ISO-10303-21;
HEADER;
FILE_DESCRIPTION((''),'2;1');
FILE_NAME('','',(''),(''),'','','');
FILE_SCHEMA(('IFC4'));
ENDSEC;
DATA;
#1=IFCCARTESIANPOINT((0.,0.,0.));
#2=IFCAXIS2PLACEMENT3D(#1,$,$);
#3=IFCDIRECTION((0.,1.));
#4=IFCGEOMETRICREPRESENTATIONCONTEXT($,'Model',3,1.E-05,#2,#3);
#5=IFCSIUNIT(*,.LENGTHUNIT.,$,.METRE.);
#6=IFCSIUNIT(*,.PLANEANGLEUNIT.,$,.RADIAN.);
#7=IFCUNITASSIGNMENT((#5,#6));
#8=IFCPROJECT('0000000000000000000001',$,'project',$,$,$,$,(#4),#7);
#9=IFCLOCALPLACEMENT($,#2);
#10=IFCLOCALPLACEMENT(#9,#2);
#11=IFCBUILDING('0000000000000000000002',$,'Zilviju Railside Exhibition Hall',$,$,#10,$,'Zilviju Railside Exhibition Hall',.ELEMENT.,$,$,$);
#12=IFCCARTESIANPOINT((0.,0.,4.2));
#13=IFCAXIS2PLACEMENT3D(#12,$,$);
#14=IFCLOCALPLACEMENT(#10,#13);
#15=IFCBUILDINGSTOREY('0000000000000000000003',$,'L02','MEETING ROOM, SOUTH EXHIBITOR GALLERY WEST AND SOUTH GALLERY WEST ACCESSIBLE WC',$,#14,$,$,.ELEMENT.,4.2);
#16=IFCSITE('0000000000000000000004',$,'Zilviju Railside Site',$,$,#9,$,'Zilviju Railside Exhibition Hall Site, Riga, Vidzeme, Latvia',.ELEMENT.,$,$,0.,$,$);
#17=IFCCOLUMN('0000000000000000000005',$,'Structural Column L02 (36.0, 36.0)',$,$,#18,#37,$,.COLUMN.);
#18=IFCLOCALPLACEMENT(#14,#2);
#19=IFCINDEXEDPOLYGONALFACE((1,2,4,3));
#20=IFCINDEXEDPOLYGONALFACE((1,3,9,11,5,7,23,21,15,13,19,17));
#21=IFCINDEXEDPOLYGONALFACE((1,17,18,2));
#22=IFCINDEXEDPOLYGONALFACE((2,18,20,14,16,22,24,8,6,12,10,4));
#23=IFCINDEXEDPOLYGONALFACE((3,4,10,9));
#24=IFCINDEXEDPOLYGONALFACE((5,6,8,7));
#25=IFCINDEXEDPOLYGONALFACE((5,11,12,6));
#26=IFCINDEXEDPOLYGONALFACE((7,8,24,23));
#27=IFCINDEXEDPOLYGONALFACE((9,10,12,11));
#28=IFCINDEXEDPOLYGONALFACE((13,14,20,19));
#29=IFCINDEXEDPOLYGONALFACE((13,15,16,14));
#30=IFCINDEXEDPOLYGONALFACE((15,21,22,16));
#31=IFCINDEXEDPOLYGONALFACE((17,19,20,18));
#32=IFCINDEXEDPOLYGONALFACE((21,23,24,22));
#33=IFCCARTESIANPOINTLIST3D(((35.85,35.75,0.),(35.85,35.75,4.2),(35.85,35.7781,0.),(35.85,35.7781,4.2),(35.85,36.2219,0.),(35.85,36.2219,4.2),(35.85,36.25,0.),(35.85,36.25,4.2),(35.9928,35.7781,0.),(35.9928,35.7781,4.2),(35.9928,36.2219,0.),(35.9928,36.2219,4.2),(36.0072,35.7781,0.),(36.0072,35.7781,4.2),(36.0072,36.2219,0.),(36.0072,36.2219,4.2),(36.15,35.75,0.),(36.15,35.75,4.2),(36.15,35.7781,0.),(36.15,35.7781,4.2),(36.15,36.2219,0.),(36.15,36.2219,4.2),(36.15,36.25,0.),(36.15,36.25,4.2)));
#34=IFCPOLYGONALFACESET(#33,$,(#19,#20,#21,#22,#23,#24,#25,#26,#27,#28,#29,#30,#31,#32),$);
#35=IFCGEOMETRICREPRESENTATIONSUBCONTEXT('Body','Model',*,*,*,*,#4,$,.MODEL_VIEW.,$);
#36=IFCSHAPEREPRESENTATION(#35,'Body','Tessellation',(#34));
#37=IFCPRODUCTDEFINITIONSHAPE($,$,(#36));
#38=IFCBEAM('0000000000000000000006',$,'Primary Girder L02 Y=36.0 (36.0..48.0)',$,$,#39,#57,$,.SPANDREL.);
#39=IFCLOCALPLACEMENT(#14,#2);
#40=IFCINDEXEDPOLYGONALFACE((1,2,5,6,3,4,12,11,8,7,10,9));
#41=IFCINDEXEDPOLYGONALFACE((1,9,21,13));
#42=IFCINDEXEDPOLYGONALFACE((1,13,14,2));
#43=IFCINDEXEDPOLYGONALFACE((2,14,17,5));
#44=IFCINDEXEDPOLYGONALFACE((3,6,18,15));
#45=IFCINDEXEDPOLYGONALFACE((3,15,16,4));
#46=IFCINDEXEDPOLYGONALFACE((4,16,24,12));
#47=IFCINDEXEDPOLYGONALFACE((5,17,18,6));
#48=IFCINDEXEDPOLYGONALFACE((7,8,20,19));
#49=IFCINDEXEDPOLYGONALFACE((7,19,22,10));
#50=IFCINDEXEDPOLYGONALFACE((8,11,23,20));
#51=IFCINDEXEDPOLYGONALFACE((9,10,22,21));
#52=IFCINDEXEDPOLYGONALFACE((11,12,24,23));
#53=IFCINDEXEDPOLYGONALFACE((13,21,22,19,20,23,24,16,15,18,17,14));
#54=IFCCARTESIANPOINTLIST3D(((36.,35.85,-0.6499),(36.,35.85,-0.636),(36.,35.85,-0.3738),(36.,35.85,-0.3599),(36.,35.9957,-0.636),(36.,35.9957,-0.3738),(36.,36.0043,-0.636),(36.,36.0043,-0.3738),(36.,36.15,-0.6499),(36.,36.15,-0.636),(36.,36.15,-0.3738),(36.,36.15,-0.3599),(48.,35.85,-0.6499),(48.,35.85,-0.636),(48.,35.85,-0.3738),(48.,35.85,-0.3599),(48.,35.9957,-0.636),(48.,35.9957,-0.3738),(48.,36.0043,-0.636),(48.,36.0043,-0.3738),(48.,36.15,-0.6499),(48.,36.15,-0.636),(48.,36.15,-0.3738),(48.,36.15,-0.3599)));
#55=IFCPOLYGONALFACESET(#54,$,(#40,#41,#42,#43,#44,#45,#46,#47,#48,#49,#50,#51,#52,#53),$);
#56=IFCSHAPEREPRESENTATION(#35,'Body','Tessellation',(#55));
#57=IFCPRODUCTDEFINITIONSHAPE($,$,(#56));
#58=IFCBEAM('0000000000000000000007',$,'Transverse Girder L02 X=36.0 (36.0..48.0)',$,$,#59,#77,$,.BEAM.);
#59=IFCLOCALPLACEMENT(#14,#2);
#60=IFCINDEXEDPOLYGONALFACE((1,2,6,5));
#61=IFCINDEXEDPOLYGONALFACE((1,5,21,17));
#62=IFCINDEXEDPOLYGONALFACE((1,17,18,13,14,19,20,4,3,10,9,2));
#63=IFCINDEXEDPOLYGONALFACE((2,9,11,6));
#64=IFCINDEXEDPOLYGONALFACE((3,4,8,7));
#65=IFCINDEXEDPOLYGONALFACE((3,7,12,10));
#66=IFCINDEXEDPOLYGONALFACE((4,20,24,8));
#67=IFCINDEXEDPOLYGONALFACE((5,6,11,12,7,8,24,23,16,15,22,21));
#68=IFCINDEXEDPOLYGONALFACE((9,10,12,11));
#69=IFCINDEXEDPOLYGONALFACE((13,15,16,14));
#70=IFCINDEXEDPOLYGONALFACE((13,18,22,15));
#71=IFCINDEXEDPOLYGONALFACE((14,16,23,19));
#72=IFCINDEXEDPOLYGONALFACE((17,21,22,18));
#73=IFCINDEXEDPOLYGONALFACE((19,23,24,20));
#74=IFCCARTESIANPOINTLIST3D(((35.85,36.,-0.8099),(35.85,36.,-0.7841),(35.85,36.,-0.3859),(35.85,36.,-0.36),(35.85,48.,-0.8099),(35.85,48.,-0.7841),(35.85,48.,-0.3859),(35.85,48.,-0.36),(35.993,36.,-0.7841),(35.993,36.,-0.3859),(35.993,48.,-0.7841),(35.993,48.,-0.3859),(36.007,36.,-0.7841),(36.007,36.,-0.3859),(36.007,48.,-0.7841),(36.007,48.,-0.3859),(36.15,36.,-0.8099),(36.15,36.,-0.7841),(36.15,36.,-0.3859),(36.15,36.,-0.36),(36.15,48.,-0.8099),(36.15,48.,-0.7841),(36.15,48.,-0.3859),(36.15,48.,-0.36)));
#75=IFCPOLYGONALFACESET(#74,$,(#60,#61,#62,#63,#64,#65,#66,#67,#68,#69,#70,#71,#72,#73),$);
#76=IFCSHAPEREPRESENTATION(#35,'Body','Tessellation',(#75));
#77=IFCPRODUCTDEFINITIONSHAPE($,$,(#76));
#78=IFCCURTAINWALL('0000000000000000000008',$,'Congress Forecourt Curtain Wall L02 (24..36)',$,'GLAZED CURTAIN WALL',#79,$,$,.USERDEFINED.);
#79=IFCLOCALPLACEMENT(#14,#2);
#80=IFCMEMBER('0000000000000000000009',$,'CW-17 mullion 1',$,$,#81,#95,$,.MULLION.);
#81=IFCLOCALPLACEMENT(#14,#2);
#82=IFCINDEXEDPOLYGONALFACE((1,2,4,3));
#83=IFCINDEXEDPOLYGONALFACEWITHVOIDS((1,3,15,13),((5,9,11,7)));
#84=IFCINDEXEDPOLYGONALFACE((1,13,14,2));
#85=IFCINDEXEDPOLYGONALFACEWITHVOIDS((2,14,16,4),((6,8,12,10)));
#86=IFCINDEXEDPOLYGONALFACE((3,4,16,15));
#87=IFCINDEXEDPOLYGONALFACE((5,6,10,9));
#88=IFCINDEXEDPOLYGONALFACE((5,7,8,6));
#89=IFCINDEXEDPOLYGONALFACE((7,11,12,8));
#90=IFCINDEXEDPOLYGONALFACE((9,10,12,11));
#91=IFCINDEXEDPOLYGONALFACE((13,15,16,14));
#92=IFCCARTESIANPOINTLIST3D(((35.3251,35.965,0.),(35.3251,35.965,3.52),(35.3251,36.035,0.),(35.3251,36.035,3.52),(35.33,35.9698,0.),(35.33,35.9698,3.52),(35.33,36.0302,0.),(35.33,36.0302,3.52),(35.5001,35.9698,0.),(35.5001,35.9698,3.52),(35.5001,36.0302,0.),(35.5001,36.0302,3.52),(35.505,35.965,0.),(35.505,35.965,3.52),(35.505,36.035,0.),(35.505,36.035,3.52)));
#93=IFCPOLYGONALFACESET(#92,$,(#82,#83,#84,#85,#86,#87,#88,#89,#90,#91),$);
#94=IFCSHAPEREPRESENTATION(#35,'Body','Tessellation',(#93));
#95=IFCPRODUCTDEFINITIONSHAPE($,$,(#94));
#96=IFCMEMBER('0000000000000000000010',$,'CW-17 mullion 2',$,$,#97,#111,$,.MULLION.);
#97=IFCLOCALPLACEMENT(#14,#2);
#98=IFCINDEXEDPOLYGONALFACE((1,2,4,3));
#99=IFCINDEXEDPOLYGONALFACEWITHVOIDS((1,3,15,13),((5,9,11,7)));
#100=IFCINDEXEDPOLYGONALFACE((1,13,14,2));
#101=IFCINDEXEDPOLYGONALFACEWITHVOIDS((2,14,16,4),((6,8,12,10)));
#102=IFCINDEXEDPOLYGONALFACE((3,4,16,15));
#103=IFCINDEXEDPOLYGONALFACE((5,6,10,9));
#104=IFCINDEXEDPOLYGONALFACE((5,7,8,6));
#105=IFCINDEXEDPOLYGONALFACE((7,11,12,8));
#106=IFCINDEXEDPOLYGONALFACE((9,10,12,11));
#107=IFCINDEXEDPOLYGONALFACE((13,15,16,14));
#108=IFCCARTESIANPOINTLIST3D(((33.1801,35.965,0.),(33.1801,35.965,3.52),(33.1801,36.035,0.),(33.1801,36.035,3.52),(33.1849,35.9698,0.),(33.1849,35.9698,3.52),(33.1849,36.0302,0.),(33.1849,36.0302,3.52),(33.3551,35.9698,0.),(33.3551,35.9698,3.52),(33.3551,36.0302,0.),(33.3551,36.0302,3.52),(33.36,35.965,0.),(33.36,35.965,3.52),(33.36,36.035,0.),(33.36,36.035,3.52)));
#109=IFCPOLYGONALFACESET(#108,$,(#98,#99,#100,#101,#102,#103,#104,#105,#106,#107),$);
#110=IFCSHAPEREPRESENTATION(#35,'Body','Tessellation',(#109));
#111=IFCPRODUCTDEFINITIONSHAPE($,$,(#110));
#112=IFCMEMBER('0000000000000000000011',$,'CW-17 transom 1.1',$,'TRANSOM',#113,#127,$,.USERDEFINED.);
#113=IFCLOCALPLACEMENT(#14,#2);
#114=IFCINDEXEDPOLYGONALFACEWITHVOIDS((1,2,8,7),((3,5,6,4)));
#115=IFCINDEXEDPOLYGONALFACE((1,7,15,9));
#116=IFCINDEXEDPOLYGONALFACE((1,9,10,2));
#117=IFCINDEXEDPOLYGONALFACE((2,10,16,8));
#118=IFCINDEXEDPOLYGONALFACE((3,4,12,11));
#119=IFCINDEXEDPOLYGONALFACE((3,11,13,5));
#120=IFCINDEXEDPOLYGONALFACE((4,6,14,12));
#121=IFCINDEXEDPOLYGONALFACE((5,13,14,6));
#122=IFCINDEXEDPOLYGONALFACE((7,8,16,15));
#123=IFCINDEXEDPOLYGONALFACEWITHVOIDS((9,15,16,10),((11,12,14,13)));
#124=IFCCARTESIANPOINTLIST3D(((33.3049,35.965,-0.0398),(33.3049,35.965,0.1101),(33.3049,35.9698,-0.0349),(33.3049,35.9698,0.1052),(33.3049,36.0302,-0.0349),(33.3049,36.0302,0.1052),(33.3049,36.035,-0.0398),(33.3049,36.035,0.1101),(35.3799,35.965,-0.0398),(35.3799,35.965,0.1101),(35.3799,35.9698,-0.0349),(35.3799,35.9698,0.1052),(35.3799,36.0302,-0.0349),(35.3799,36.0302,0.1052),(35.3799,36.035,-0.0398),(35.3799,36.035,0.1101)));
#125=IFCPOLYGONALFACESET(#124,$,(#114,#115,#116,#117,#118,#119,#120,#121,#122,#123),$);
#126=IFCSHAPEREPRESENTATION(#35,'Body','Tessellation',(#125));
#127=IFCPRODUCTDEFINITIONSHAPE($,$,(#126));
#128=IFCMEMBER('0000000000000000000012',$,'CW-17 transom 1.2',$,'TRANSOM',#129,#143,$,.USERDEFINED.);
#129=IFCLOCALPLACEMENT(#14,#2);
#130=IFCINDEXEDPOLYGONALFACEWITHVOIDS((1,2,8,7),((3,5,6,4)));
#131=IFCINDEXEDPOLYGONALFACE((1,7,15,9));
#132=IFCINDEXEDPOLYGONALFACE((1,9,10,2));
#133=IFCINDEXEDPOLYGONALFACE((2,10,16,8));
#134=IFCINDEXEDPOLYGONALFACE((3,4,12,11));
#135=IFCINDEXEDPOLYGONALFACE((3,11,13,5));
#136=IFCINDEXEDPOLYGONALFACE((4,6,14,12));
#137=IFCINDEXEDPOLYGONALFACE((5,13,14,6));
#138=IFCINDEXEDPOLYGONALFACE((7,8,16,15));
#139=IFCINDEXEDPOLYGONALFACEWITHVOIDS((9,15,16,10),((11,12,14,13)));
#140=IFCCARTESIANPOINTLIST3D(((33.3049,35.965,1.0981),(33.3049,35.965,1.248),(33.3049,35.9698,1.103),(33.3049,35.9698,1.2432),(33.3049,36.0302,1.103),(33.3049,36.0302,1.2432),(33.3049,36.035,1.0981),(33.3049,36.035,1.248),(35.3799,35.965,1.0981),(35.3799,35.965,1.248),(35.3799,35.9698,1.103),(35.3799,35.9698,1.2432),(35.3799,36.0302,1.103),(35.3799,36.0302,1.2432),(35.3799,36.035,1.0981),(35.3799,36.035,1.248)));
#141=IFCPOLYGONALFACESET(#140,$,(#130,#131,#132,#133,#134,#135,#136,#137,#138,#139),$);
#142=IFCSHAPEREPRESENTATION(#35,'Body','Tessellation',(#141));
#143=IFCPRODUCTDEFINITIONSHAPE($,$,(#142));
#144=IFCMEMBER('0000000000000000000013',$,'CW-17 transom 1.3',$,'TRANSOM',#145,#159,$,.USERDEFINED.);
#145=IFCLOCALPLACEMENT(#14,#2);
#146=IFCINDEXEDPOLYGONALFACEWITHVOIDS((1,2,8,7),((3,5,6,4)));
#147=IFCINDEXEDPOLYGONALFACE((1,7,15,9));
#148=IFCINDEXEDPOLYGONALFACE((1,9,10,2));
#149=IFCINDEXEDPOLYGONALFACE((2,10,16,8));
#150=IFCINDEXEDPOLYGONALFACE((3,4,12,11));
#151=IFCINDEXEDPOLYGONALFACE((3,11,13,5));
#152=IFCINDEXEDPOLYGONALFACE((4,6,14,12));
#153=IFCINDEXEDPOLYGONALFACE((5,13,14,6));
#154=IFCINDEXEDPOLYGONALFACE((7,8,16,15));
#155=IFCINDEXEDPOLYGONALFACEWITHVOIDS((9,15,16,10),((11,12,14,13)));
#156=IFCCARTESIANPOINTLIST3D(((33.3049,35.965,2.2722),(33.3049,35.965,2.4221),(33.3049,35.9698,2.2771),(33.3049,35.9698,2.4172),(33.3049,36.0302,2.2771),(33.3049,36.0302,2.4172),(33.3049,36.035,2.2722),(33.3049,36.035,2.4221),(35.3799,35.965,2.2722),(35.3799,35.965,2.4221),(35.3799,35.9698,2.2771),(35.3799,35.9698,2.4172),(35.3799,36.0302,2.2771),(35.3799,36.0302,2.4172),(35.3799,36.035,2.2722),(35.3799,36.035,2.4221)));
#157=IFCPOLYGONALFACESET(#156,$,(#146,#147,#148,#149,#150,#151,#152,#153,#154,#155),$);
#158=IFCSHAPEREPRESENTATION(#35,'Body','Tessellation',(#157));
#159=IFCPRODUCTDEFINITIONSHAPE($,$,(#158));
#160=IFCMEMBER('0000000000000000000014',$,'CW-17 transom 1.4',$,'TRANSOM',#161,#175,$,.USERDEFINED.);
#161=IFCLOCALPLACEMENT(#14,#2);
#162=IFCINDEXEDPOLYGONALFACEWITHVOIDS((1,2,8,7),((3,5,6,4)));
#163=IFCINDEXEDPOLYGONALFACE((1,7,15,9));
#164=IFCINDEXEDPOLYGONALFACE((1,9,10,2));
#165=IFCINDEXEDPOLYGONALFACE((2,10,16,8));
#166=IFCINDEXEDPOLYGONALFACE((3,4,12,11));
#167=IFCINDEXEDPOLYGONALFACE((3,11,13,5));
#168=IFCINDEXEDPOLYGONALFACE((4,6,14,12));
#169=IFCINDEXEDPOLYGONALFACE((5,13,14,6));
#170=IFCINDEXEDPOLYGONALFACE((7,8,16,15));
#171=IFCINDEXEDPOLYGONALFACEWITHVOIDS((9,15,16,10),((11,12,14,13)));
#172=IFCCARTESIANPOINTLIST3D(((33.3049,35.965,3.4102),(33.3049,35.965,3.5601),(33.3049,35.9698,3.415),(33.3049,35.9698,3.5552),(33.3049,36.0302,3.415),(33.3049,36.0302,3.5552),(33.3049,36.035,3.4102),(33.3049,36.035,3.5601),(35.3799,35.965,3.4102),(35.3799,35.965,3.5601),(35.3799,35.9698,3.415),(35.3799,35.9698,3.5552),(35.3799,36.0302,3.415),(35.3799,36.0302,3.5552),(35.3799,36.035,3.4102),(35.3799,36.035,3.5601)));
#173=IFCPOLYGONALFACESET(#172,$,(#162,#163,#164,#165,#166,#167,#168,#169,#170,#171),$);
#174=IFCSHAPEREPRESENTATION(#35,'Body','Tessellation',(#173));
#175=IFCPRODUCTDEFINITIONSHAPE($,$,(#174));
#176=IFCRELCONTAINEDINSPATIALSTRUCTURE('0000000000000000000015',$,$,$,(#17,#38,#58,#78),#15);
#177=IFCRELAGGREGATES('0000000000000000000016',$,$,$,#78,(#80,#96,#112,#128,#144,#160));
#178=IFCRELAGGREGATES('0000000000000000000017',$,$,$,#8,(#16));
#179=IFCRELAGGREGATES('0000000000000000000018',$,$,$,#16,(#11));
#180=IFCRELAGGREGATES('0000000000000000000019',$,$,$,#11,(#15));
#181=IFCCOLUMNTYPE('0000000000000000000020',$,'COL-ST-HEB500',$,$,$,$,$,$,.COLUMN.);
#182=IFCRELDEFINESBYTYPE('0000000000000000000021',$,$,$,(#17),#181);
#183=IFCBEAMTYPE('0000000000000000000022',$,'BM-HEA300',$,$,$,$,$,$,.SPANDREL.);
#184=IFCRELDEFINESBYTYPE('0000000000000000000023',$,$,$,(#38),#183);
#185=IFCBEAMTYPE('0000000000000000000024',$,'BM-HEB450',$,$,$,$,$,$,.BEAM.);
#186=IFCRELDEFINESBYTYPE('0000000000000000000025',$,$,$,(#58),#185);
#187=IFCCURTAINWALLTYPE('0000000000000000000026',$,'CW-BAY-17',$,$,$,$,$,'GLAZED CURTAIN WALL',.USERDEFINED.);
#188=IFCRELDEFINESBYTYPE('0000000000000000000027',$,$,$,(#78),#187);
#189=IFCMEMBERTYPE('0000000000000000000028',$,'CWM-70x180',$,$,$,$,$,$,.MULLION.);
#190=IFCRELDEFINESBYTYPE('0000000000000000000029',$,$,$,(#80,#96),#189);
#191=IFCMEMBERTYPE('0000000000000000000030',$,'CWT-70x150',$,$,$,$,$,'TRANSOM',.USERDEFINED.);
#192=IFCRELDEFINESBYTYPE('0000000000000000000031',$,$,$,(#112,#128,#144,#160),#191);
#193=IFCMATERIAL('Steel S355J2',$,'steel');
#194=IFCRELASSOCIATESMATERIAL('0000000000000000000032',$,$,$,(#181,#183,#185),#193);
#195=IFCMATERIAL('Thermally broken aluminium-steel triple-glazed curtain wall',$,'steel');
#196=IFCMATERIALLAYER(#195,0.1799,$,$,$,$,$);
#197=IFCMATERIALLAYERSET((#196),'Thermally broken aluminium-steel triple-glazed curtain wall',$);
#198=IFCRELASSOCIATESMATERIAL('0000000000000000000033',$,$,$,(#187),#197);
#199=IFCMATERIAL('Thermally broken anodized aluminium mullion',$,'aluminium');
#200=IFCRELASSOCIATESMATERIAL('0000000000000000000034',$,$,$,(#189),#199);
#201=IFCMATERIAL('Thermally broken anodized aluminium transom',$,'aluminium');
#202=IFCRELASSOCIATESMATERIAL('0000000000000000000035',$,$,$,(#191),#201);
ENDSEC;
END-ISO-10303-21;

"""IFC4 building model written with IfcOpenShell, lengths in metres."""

from ifc_helpers import new_model, si_unit, direction, frame, origin, origin_2d, place, context, subcontext, project, spatial, hollow_rectangle, i_section, extrude, material, layer, layer_set, material_profile, profile_set, type_object, element, aggregate, save


model = new_model("IFC4")

# Units and contexts
model_context = context("Model", 3, precision=1e-05, world=origin(), true_north=direction((0.0, 1.0)))
body_context = subcontext(model_context, "Body", "Model", "MODEL_VIEW")
ifc_project = project(units=[si_unit("LENGTHUNIT", "METRE"), si_unit("PLANEANGLEUNIT", "RADIAN")], contexts=[model_context])

# Site, building, storey
site_placement = place(None, origin())
site = spatial("IfcSite", under=ifc_project, at=site_placement, Name="Zilviju Railside Site", LongName="Zilviju Railside Exhibition Hall Site, Riga, Vidzeme, Latvia", CompositionType="ELEMENT", RefElevation=0.0)
building_placement = place(site_placement, origin())
building = spatial("IfcBuilding", under=site, at=building_placement, Name="Zilviju Railside Exhibition Hall", LongName="Zilviju Railside Exhibition Hall", CompositionType="ELEMENT")
storey_placement = place(building_placement, frame((0.0, 0.0, 4.2)))
storey = spatial("IfcBuildingStorey", under=building, at=storey_placement, Name="L02", Description="MEETING ROOM, SOUTH EXHIBITOR GALLERY WEST AND SOUTH GALLERY WEST ACCESSIBLE WC", CompositionType="ELEMENT", Elevation=4.2)

# Column
ifc_material_1 = material(Name="Steel S355J2", Category="steel")
ifc_material_profile_1 = material_profile(ifc_material_1, i_section(OverallWidth=0.3, OverallDepth=0.5, WebThickness=0.0144, FlangeThickness=0.0281, at=origin_2d()), Name="HEB 500")
ifc_profile_set_1 = profile_set([ifc_material_profile_1], Name="Steel S355J2")
column_type = type_object("IfcColumnType", Name="COL-ST-HEB500", PredefinedType="COLUMN", material=ifc_profile_set_1)
column_placement = place(storey_placement, frame((36.0, 36.0, 0.0), z_axis=(0.0, 0.0, 1.0), x_axis=(1.0, 0.0, 0.0)))
element("IfcColumn", 1, at=column_placement, inside=storey, type_object=column_type, Name="Structural Column L02 (36.0, 36.0)", PredefinedType="COLUMN", context=body_context, shape_type="SweptSolid", body=[
    extrude(i_section(OverallWidth=0.3, OverallDepth=0.5, WebThickness=0.0144, FlangeThickness=0.0281, at=origin_2d()), origin(), (0.0, 0.0, 1.0), 4.2),
])

# Beams
ifc_material_profile_2 = material_profile(ifc_material_1, i_section(OverallWidth=0.3, OverallDepth=0.29, WebThickness=0.0085, FlangeThickness=0.0139, at=origin_2d()), Name="HEA 300")
ifc_profile_set_2 = profile_set([ifc_material_profile_2], Name="Steel S355J2")
beam_type_1 = type_object("IfcBeamType", Name="BM-HEA300", PredefinedType="SPANDREL", material=ifc_profile_set_2)
beam_1_placement = place(storey_placement, frame((36.0, 36.0, -0.5049), z_axis=(1.0, 0.0, 0.0), x_axis=(0.0, 1.0, 0.0)))
element("IfcBeam", 2, at=beam_1_placement, inside=storey, type_object=beam_type_1, Name="Primary Girder L02 Y=36.0 (36.0..48.0)", PredefinedType="SPANDREL", context=body_context, shape_type="SweptSolid", body=[
    extrude(i_section(OverallWidth=0.3, OverallDepth=0.29, WebThickness=0.0085, FlangeThickness=0.0139, at=origin_2d()), origin(), (0.0, 0.0, 1.0), 12.0),
])
ifc_material_profile_3 = material_profile(ifc_material_1, i_section(OverallWidth=0.3, OverallDepth=0.45, WebThickness=0.0139, FlangeThickness=0.0259, at=origin_2d()), Name="HEB 450")
ifc_profile_set_3 = profile_set([ifc_material_profile_3], Name="Steel S355J2")
beam_type_2 = type_object("IfcBeamType", Name="BM-HEB450", PredefinedType="BEAM", material=ifc_profile_set_3)
beam_2_placement = place(storey_placement, frame((36.0, 36.0, -0.585), z_axis=(0.0, 1.0, 0.0), x_axis=(-1.0, 0.0, 0.0)))
element("IfcBeam", 3, at=beam_2_placement, inside=storey, type_object=beam_type_2, Name="Transverse Girder L02 X=36.0 (36.0..48.0)", PredefinedType="BEAM", context=body_context, shape_type="SweptSolid", body=[
    extrude(i_section(OverallWidth=0.3, OverallDepth=0.45, WebThickness=0.0139, FlangeThickness=0.0259, at=origin_2d()), origin(), (0.0, 0.0, 1.0), 12.0),
])

# Curtain wall, members
ifc_material_2 = material(Name="Thermally broken aluminium-steel triple-glazed curtain wall", Category="steel")
ifc_layer_1 = layer(ifc_material_2, 0.1799)
ifc_layer_set_1 = layer_set([ifc_layer_1], Name="Thermally broken aluminium-steel triple-glazed curtain wall")
curtain_wall_type = type_object("IfcCurtainWallType", Name="CW-BAY-17", ElementType="GLAZED CURTAIN WALL", PredefinedType="USERDEFINED", material=ifc_layer_set_1)
curtain_wall_placement = place(storey_placement, origin())
curtain_wall = element("IfcCurtainWall", 4, at=curtain_wall_placement, inside=storey, type_object=curtain_wall_type, Name="Congress Forecourt Curtain Wall L02 (24..36)", ObjectType="GLAZED CURTAIN WALL", PredefinedType="USERDEFINED")
ifc_material_3 = material(Name="Thermally broken anodized aluminium mullion", Category="aluminium")
ifc_material_profile_4 = material_profile(ifc_material_3, hollow_rectangle(XDim=0.0701, YDim=0.1799, WallThickness=0.0049, at=origin_2d()), Name="MULLION 180x70x5")
ifc_profile_set_4 = profile_set([ifc_material_profile_4], Name="Thermally broken anodized aluminium mullion")
member_type_1 = type_object("IfcMemberType", Name="CWM-70x180", PredefinedType="MULLION", material=ifc_profile_set_4)
member_1_placement = place(storey_placement, frame((35.415, 36.0, 0.0), z_axis=(0.0, 0.0, 1.0), x_axis=(0.0, -1.0, 0.0)))
member_1 = element("IfcMember", 5, at=member_1_placement, type_object=member_type_1, Name="CW-17 mullion 1", PredefinedType="MULLION", context=body_context, shape_type="SweptSolid", body=[
    extrude(hollow_rectangle(XDim=0.0701, YDim=0.1799, WallThickness=0.0049, at=origin_2d()), origin(), (0.0, 0.0, 1.0), 3.52),
])
member_2_placement = place(storey_placement, frame((33.27, 36.0, 0.0), z_axis=(0.0, 0.0, 1.0), x_axis=(0.0, -1.0, 0.0)))
member_2 = element("IfcMember", 6, at=member_2_placement, type_object=member_type_1, Name="CW-17 mullion 2", PredefinedType="MULLION", context=body_context, shape_type="SweptSolid", body=[
    extrude(hollow_rectangle(XDim=0.0701, YDim=0.1799, WallThickness=0.0049, at=origin_2d()), origin(), (0.0, 0.0, 1.0), 3.52),
])
ifc_material_4 = material(Name="Thermally broken anodized aluminium transom", Category="aluminium")
ifc_material_profile_5 = material_profile(ifc_material_4, hollow_rectangle(XDim=0.0701, YDim=0.1499, WallThickness=0.0049, at=origin_2d()), Name="TRANSOM 150x70x5")
ifc_profile_set_5 = profile_set([ifc_material_profile_5], Name="Thermally broken anodized aluminium transom")
member_type_2 = type_object("IfcMemberType", Name="CWT-70x150", ElementType="TRANSOM", PredefinedType="USERDEFINED", material=ifc_profile_set_5)
member_3_placement = place(storey_placement, frame((35.3799, 36.0, 0.0352), z_axis=(-1.0, 0.0, 0.0), x_axis=(0.0, -1.0, 0.0)))
member_3 = element("IfcMember", 7, at=member_3_placement, type_object=member_type_2, Name="CW-17 transom 1.1", ObjectType="TRANSOM", PredefinedType="USERDEFINED", context=body_context, shape_type="SweptSolid", body=[
    extrude(hollow_rectangle(XDim=0.0701, YDim=0.1499, WallThickness=0.0049, at=origin_2d()), origin(), (0.0, 0.0, 1.0), 2.075),
])
member_4_placement = place(storey_placement, frame((35.3799, 36.0, 1.1731), z_axis=(-1.0, 0.0, 0.0), x_axis=(0.0, -1.0, 0.0)))
member_4 = element("IfcMember", 8, at=member_4_placement, type_object=member_type_2, Name="CW-17 transom 1.2", ObjectType="TRANSOM", PredefinedType="USERDEFINED", context=body_context, shape_type="SweptSolid", body=[
    extrude(hollow_rectangle(XDim=0.0701, YDim=0.1499, WallThickness=0.0049, at=origin_2d()), origin(), (0.0, 0.0, 1.0), 2.075),
])
member_5_placement = place(storey_placement, frame((35.3799, 36.0, 2.3472), z_axis=(-1.0, 0.0, 0.0), x_axis=(0.0, -1.0, 0.0)))
member_5 = element("IfcMember", 9, at=member_5_placement, type_object=member_type_2, Name="CW-17 transom 1.3", ObjectType="TRANSOM", PredefinedType="USERDEFINED", context=body_context, shape_type="SweptSolid", body=[
    extrude(hollow_rectangle(XDim=0.0701, YDim=0.1499, WallThickness=0.0049, at=origin_2d()), origin(), (0.0, 0.0, 1.0), 2.075),
])
member_6_placement = place(storey_placement, frame((35.3799, 36.0, 3.4851), z_axis=(-1.0, 0.0, 0.0), x_axis=(0.0, -1.0, 0.0)))
member_6 = element("IfcMember", 10, at=member_6_placement, type_object=member_type_2, Name="CW-17 transom 1.4", ObjectType="TRANSOM", PredefinedType="USERDEFINED", context=body_context, shape_type="SweptSolid", body=[
    extrude(hollow_rectangle(XDim=0.0701, YDim=0.1499, WallThickness=0.0049, at=origin_2d()), origin(), (0.0, 0.0, 1.0), 2.075),
])
aggregate(curtain_wall, [member_1, member_2, member_3, member_4, member_5, member_6])

save(model, "model.ifc")
